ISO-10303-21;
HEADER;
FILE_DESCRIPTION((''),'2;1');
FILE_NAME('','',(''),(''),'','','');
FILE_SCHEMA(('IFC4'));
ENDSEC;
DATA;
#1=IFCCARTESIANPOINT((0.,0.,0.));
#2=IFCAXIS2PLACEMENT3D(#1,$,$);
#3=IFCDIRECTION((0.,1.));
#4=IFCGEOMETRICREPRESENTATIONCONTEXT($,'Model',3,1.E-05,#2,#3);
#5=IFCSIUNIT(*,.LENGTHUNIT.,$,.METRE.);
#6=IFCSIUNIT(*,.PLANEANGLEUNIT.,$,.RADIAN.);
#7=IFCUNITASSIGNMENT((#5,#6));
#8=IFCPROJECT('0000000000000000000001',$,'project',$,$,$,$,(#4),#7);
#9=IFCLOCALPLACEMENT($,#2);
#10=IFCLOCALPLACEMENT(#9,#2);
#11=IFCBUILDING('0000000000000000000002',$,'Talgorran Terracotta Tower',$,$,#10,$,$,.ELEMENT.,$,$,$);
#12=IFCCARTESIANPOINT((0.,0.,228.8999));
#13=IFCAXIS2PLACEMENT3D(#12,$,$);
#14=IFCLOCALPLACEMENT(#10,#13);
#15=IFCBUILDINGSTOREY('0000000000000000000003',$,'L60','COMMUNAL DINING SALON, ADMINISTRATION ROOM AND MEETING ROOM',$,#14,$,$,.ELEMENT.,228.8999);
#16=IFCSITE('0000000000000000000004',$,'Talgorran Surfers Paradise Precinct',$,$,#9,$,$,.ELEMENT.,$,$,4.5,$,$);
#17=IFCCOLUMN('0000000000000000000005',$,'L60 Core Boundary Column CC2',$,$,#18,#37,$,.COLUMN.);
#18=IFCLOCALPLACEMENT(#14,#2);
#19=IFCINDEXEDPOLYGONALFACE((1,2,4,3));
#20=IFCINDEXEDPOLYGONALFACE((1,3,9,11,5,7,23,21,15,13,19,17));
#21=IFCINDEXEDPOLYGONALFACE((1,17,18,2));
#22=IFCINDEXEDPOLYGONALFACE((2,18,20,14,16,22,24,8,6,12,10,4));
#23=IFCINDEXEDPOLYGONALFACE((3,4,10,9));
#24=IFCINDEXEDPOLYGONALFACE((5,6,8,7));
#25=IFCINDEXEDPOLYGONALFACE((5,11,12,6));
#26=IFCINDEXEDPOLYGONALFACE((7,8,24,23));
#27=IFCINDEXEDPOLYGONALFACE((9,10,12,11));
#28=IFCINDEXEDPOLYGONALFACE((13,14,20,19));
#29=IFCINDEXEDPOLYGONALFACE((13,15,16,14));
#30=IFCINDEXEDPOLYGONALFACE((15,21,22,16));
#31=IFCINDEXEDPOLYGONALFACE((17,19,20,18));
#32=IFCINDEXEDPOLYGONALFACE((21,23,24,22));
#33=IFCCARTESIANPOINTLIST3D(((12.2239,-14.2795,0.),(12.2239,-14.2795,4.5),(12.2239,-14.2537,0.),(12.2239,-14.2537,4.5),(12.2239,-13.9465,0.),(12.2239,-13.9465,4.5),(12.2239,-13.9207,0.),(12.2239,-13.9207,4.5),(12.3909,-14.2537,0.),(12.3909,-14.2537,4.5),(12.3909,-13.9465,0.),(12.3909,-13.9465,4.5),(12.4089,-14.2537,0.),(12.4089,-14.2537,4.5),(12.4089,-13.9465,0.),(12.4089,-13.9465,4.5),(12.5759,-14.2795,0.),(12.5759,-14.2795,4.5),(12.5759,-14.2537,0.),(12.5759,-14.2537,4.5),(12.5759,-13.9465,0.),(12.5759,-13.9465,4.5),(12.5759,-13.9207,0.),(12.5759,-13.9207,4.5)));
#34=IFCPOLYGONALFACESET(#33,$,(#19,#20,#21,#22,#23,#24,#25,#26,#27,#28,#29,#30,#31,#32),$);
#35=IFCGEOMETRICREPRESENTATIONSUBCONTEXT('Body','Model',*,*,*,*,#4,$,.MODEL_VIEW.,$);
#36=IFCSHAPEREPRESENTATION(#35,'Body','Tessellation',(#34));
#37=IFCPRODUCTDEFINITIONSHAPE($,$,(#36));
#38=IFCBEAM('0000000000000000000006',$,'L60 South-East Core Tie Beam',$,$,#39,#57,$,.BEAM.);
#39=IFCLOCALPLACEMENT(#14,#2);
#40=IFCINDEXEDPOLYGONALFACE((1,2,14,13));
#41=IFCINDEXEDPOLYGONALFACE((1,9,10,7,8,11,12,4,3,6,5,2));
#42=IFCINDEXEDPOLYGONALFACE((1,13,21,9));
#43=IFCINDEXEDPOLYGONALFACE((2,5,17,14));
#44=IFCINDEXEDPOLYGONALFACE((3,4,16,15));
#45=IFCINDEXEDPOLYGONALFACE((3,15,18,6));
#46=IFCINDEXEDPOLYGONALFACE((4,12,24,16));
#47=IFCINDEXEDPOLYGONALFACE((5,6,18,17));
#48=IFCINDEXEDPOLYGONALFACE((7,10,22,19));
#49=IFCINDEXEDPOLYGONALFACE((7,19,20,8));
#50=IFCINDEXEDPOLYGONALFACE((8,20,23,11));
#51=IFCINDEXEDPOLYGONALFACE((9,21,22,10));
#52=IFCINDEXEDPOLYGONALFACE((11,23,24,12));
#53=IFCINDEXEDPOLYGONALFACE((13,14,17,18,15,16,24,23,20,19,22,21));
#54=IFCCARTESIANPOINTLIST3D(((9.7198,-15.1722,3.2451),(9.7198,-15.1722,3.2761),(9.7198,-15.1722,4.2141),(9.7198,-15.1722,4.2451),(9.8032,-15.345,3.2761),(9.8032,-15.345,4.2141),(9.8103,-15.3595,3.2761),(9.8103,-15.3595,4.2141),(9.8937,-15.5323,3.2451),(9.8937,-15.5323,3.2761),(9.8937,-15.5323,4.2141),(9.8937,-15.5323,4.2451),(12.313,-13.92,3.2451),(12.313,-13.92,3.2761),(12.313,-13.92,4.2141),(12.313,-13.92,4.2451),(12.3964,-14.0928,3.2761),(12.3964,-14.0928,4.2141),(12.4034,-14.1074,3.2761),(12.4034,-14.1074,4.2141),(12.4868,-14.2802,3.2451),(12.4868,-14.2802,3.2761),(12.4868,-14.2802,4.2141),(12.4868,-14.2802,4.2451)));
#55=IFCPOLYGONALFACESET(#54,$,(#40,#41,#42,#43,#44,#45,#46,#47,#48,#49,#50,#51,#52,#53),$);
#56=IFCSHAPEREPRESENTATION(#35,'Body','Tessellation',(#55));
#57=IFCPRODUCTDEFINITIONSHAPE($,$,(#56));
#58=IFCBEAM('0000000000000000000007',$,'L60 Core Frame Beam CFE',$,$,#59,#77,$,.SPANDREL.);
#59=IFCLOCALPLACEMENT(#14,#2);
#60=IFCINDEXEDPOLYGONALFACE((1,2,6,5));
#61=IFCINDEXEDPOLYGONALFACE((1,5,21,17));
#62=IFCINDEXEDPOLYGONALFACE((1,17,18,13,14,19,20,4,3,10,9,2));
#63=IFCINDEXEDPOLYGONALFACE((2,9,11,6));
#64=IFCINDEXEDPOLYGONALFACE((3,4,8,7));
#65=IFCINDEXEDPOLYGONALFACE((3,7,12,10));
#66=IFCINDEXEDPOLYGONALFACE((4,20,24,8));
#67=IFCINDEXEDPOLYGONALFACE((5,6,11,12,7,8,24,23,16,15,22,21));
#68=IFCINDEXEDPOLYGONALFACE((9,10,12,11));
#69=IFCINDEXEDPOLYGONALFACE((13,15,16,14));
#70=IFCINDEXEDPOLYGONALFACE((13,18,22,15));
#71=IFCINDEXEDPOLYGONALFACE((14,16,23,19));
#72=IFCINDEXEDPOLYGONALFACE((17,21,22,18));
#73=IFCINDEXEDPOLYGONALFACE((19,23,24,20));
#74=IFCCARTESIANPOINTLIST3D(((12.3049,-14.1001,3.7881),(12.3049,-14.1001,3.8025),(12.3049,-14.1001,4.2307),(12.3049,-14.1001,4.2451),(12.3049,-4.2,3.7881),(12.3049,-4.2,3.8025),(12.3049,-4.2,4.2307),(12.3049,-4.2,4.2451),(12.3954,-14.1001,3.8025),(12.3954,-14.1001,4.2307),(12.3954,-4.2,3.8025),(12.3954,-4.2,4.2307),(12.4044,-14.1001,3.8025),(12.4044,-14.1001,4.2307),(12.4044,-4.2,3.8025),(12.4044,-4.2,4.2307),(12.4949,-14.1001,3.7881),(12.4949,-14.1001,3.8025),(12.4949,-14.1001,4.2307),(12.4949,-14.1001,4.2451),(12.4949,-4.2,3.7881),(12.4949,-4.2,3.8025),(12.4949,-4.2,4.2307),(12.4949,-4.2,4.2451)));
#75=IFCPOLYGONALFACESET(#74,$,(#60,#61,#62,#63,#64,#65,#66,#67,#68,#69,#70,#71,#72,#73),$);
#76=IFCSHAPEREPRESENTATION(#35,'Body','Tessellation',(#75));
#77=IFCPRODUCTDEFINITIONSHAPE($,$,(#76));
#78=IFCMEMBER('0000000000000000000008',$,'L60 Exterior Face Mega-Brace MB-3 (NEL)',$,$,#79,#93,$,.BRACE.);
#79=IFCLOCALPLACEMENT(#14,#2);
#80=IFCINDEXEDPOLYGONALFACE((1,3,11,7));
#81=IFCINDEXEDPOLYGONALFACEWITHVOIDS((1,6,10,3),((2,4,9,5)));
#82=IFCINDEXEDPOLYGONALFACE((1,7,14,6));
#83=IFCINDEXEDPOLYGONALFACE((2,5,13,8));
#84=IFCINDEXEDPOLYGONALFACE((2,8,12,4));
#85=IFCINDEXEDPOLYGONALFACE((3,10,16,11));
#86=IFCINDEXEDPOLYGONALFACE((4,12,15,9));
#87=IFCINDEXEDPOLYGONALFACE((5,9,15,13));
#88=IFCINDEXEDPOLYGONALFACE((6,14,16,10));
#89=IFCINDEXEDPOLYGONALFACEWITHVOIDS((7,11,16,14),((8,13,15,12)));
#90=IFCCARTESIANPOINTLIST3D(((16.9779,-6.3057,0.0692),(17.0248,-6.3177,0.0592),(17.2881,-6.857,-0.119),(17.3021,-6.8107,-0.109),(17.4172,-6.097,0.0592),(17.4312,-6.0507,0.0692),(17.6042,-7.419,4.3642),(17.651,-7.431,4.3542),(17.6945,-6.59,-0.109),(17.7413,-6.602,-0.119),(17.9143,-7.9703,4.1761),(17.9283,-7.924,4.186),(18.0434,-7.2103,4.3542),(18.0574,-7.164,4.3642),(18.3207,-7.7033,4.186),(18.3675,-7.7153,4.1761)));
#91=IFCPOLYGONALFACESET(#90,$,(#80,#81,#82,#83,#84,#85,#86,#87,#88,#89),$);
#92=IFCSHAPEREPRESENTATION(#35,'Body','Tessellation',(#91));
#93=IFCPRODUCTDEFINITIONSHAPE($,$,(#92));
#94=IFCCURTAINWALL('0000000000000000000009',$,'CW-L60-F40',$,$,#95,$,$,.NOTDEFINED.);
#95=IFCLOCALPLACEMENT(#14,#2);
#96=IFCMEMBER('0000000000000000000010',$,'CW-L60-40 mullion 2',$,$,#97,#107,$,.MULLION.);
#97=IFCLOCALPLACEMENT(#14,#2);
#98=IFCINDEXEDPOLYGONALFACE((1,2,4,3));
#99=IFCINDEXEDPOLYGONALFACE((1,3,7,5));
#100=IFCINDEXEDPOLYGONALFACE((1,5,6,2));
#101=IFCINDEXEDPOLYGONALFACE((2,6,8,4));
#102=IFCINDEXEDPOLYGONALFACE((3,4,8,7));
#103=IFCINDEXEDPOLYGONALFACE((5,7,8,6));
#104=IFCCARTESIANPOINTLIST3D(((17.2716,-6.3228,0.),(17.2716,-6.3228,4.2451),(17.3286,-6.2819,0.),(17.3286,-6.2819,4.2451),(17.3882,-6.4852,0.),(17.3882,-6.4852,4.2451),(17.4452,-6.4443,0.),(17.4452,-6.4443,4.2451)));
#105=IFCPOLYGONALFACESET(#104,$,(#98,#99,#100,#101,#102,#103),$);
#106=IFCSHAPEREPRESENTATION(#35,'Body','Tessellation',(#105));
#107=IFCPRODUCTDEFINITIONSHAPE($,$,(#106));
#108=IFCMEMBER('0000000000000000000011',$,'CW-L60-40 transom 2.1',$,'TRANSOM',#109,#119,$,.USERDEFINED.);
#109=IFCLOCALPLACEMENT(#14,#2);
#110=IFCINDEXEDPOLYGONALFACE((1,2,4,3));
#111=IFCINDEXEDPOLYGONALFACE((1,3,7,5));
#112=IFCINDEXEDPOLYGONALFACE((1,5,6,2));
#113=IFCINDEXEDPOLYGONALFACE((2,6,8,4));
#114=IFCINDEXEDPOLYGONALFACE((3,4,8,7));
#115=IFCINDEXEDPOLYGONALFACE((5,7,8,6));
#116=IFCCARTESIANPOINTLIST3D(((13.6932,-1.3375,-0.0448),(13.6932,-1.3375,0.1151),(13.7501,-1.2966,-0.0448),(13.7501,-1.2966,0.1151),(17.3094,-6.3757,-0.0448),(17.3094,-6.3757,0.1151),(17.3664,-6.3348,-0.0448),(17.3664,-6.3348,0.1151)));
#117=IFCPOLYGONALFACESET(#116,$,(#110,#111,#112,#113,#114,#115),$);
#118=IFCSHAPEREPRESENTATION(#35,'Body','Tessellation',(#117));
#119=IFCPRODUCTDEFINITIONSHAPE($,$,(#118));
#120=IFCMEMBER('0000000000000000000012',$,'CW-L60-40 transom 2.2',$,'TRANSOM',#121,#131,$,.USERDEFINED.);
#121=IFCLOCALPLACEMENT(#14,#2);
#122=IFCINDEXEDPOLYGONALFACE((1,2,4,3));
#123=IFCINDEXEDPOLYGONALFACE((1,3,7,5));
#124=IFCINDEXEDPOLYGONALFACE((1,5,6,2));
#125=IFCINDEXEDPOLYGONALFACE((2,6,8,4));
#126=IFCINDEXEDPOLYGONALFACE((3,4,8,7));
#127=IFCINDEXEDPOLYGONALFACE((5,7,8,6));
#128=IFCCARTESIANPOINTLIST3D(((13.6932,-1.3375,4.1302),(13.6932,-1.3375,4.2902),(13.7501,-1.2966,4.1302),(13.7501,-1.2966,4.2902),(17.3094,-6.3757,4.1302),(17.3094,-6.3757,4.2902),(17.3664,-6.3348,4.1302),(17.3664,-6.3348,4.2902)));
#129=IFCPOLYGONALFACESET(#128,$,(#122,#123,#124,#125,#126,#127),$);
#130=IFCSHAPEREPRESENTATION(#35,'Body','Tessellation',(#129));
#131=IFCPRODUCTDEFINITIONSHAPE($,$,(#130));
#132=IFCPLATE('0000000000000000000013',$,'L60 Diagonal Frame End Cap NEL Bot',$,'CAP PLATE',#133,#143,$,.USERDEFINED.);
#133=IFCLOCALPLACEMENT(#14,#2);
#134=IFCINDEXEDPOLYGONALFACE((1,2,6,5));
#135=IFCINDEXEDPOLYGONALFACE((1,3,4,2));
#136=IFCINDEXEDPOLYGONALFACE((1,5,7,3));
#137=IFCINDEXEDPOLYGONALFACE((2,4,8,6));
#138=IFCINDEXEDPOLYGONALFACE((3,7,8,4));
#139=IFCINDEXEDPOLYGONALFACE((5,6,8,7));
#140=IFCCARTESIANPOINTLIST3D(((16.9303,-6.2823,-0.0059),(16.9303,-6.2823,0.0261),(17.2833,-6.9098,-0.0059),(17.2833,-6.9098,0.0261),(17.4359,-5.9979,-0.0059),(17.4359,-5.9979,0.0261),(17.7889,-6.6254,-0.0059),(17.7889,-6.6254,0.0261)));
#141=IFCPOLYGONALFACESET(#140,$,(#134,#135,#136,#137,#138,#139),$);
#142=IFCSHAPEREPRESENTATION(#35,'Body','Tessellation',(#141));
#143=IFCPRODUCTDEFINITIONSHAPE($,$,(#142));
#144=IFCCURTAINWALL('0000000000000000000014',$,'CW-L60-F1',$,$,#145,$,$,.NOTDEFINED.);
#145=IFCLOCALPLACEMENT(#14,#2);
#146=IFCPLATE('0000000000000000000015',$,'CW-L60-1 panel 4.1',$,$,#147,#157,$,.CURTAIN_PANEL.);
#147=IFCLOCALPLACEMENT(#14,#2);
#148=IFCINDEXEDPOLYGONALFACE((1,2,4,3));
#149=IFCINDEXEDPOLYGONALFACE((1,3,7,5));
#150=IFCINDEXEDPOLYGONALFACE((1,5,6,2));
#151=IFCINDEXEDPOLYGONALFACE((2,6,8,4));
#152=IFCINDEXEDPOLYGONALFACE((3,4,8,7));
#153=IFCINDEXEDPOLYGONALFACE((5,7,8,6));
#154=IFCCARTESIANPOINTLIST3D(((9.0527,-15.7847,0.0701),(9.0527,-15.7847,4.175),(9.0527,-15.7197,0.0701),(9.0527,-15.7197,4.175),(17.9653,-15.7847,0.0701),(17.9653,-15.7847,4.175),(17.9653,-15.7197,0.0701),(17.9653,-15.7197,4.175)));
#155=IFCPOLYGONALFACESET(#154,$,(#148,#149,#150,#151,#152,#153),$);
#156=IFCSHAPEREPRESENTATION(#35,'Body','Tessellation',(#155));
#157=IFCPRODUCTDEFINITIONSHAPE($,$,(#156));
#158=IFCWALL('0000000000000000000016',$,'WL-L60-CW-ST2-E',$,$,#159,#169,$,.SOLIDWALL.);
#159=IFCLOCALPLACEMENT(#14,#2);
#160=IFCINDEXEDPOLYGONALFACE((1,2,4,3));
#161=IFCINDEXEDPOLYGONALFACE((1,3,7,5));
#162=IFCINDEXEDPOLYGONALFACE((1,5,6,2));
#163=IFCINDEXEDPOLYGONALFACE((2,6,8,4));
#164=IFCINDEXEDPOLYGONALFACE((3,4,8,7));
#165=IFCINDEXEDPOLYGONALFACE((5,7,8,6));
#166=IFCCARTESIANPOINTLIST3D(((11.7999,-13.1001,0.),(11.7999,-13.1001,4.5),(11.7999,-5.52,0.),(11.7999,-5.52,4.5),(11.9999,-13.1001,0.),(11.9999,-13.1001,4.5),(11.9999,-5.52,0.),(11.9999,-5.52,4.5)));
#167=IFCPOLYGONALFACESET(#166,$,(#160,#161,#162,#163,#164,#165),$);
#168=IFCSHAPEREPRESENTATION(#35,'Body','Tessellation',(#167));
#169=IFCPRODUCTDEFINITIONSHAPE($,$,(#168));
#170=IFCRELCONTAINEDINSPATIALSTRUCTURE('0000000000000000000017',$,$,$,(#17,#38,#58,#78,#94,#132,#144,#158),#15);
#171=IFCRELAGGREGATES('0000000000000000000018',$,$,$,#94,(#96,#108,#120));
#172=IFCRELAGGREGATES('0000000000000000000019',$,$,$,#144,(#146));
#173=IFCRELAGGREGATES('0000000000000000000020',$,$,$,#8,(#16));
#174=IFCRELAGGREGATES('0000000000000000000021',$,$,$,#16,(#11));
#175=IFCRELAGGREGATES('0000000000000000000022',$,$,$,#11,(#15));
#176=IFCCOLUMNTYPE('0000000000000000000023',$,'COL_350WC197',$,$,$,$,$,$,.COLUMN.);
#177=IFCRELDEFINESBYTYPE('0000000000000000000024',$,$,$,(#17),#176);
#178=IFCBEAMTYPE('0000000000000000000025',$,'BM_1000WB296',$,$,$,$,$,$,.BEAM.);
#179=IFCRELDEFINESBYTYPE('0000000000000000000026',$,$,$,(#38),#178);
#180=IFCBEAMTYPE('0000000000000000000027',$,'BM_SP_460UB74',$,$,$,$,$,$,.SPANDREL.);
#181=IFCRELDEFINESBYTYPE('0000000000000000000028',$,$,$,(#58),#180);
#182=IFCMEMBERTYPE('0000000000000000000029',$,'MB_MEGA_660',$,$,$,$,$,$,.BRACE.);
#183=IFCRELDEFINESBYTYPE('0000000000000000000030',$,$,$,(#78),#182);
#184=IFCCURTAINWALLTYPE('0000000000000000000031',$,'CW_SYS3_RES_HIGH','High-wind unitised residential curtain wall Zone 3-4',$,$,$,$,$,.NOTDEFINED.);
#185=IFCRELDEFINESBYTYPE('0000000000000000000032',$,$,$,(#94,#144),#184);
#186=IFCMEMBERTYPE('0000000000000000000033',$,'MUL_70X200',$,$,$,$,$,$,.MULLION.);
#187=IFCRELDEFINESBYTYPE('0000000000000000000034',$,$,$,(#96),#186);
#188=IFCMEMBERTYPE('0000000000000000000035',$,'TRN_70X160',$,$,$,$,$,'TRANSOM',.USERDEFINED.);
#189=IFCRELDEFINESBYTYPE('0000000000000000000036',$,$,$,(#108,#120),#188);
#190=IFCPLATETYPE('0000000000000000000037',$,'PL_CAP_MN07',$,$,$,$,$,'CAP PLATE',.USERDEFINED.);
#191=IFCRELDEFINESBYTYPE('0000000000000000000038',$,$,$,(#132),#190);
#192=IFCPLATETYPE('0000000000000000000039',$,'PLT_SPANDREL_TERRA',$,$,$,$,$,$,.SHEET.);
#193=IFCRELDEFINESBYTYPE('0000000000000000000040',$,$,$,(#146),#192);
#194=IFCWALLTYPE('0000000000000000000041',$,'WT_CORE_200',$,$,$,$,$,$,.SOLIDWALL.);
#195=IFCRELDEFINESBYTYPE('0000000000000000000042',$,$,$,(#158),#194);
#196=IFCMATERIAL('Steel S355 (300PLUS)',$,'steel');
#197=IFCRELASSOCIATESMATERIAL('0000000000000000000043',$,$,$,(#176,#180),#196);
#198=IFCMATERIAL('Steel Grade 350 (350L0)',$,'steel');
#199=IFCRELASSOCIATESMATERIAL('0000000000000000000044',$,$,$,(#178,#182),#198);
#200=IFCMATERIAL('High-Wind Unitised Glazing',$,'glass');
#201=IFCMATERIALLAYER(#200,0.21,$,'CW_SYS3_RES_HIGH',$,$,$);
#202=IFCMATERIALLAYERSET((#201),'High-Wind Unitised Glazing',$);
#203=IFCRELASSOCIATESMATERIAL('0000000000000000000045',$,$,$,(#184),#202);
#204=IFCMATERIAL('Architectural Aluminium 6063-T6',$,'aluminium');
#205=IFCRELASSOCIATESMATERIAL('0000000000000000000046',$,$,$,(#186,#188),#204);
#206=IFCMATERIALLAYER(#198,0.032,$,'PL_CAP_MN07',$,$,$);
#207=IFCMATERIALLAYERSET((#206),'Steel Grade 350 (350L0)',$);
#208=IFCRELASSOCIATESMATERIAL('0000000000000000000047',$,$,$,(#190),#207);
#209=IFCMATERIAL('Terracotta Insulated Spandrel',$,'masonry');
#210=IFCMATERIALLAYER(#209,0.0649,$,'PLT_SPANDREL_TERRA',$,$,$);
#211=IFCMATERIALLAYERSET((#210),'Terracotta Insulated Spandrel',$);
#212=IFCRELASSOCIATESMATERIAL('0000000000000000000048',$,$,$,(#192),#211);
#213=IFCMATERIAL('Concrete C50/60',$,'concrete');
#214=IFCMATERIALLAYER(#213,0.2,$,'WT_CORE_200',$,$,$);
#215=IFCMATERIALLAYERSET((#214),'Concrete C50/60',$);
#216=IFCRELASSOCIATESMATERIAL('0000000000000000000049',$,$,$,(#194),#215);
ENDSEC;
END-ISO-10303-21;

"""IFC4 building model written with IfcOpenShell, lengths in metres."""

from ifc_helpers import new_model, si_unit, direction, frame, frame_2d, origin, origin_2d, place, context, subcontext, project, spatial, rectangle, hollow_rectangle, i_section, extrude, source, transform, mapped, material, layer, layer_set, material_profile, profile_set, type_object, type_shapes, element, aggregate, save


model = new_model("IFC4")

# Units and contexts
model_context = context("Model", 3, precision=1e-05, world=origin(), true_north=direction((0.0, 1.0)))
body_context = subcontext(model_context, "Body", "Model", "MODEL_VIEW")
ifc_project = project(units=[si_unit("LENGTHUNIT", "METRE"), si_unit("PLANEANGLEUNIT", "RADIAN")], contexts=[model_context])

# Site, building, storey
site_placement = place(None, origin())
site = spatial("IfcSite", under=ifc_project, at=site_placement, Name="Talgorran Surfers Paradise Precinct", CompositionType="ELEMENT", RefElevation=4.5)
building_placement = place(site_placement, origin())
building = spatial("IfcBuilding", under=site, at=building_placement, Name="Talgorran Terracotta Tower", CompositionType="ELEMENT")
storey_placement = place(building_placement, frame((0.0, 0.0, 228.8999)))
storey = spatial("IfcBuildingStorey", under=building, at=storey_placement, Name="L60", Description="COMMUNAL DINING SALON, ADMINISTRATION ROOM AND MEETING ROOM", CompositionType="ELEMENT", Elevation=228.8999)

# Column
ifc_material_1 = material(Name="Steel S355 (300PLUS)", Category="steel")
ifc_material_profile_1 = material_profile(ifc_material_1, i_section(OverallWidth=0.3521, OverallDepth=0.3589, WebThickness=0.0181, FlangeThickness=0.0259, at=origin_2d()), Name="350WC197")
ifc_profile_set_1 = profile_set([ifc_material_profile_1], Name="Steel S355 (300PLUS)")
column_type = type_object("IfcColumnType", Name="COL_350WC197", PredefinedType="COLUMN", material=ifc_profile_set_1)
column_placement = place(storey_placement, frame((12.3999, -14.1001, 0.0), z_axis=(0.0, 0.0, 1.0), x_axis=(1.0, 0.0, 0.0)))
element("IfcColumn", 1, at=column_placement, inside=storey, type_object=column_type, Name="L60 Core Boundary Column CC2", PredefinedType="COLUMN", context=body_context, shape_type="SweptSolid", body=[
    extrude(i_section(OverallWidth=0.3521, OverallDepth=0.3589, WebThickness=0.0181, FlangeThickness=0.0259, at=origin_2d()), origin(), (0.0, 0.0, 1.0), 4.5),
])

# Beams
ifc_material_2 = material(Name="Steel Grade 350 (350L0)", Category="steel")
ifc_material_profile_2 = material_profile(ifc_material_2, i_section(OverallWidth=0.3999, OverallDepth=1.0, WebThickness=0.0161, FlangeThickness=0.031, at=origin_2d()), Name="1000WB296")
ifc_profile_set_2 = profile_set([ifc_material_profile_2], Name="Steel Grade 350 (350L0)")
beam_type_1 = type_object("IfcBeamType", Name="BM_1000WB296", PredefinedType="BEAM", material=ifc_profile_set_2)
beam_1_placement = place(storey_placement, frame((12.3999, -14.1001, 3.7451), z_axis=(-0.900514, -0.434827, 0.0), x_axis=(0.434827, -0.900514, 0.0)))
element("IfcBeam", 2, at=beam_1_placement, inside=storey, type_object=beam_type_1, Name="L60 South-East Core Tie Beam", PredefinedType="BEAM", context=body_context, shape_type="SweptSolid", body=[
    extrude(i_section(OverallWidth=0.3999, OverallDepth=1.0, WebThickness=0.0161, FlangeThickness=0.031, at=origin_2d()), origin(), (0.0, 0.0, 1.0), 2.8796),
])
ifc_material_profile_3 = material_profile(ifc_material_1, i_section(OverallWidth=0.1899, OverallDepth=0.457, WebThickness=0.009, FlangeThickness=0.0144, at=origin_2d()), Name="460UB74.6")
ifc_profile_set_3 = profile_set([ifc_material_profile_3], Name="Steel S355 (300PLUS)")
beam_type_2 = type_object("IfcBeamType", Name="BM_SP_460UB74", PredefinedType="SPANDREL", material=ifc_profile_set_3)
beam_2_placement = place(storey_placement, frame((12.3999, -14.1001, 4.0166), z_axis=(0.0, 1.0, 0.0), x_axis=(-1.0, 0.0, 0.0)))
element("IfcBeam", 3, at=beam_2_placement, inside=storey, type_object=beam_type_2, Name="L60 Core Frame Beam CFE", PredefinedType="SPANDREL", context=body_context, shape_type="SweptSolid", body=[
    extrude(i_section(OverallWidth=0.1899, OverallDepth=0.457, WebThickness=0.009, FlangeThickness=0.0144, at=origin_2d()), origin(), (0.0, 0.0, 1.0), 9.9001),
])

# Member
ifc_material_profile_4 = material_profile(ifc_material_2, hollow_rectangle(XDim=0.52, YDim=0.6599, WallThickness=0.0349, at=origin_2d()), Name="WBOX660X520X35")
ifc_profile_set_4 = profile_set([ifc_material_profile_4], Name="Steel Grade 350 (350L0)")
member_type_1 = type_object("IfcMemberType", Name="MB_MEGA_660", PredefinedType="BRACE", material=ifc_profile_set_4)
member_1_placement = place(storey_placement, frame((17.3596, -6.4539, -0.0249), z_axis=(0.139755, -0.248454, 0.958509), x_axis=(0.871576, 0.490261, 0.0)))
element("IfcMember", 4, at=member_1_placement, inside=storey, type_object=member_type_1, Name="L60 Exterior Face Mega-Brace MB-3 (NEL)", PredefinedType="BRACE", context=body_context, shape_type="SweptSolid", body=[
    extrude(hollow_rectangle(XDim=0.52, YDim=0.6599, WallThickness=0.0349, at=origin_2d()), origin(), (0.0, 0.0, 1.0), 4.481),
])

# Curtain wall, members
ifc_material_3 = material(Name="High-Wind Unitised Glazing", Category="glass")
ifc_layer_1 = layer(ifc_material_3, 0.21, Name="CW_SYS3_RES_HIGH")
ifc_layer_set_1 = layer_set([ifc_layer_1], Name="High-Wind Unitised Glazing")
curtain_wall_type = type_object("IfcCurtainWallType", Name="CW_SYS3_RES_HIGH", Description="High-wind unitised residential curtain wall Zone 3-4", PredefinedType="NOTDEFINED", material=ifc_layer_set_1)
curtain_wall_1_placement = place(storey_placement, origin())
curtain_wall_1 = element("IfcCurtainWall", 5, at=curtain_wall_1_placement, inside=storey, type_object=curtain_wall_type, Name="CW-L60-F40", PredefinedType="NOTDEFINED")
ifc_material_4 = material(Name="Architectural Aluminium 6063-T6", Category="aluminium")
ifc_material_profile_5 = material_profile(ifc_material_4, rectangle(XDim=0.0701, YDim=0.2, at=origin_2d()), Name="CWM70X200")
ifc_profile_set_5 = profile_set([ifc_material_profile_5], Name="Architectural Aluminium 6063-T6")
member_type_2 = type_object("IfcMemberType", Name="MUL_70X200", PredefinedType="MULLION", material=ifc_profile_set_5)
member_2_placement = place(storey_placement, frame((17.3584, -6.3835, 0.0), z_axis=(0.0, 0.0, 1.0), x_axis=(-0.812389, -0.583115, 0.0)))
member_2 = element("IfcMember", 6, at=member_2_placement, type_object=member_type_2, Name="CW-L60-40 mullion 2", PredefinedType="MULLION", context=body_context, shape_type="SweptSolid", body=[
    extrude(rectangle(XDim=0.0701, YDim=0.2, at=origin_2d()), origin(), (0.0, 0.0, 1.0), 4.2451),
])
ifc_material_profile_6 = material_profile(ifc_material_4, rectangle(XDim=0.0701, YDim=0.1599, at=origin_2d()), Name="CWT70X160")
ifc_profile_set_6 = profile_set([ifc_material_profile_6], Name="Architectural Aluminium 6063-T6")
member_type_3 = type_object("IfcMemberType", Name="TRN_70X160", ElementType="TRANSOM", PredefinedType="USERDEFINED", material=ifc_profile_set_6)
member_3_placement = place(storey_placement, frame((17.3379, -6.3552, 0.0352), z_axis=(-0.583114, 0.812391, 0.0), x_axis=(-0.812391, -0.583114, 0.0)))
member_3 = element("IfcMember", 7, at=member_3_placement, type_object=member_type_3, Name="CW-L60-40 transom 2.1", ObjectType="TRANSOM", PredefinedType="USERDEFINED", context=body_context, shape_type="SweptSolid", body=[
    extrude(rectangle(XDim=0.0701, YDim=0.1599, at=origin_2d()), origin(), (0.0, 0.0, 1.0), 6.2017),
])
member_4_placement = place(storey_placement, frame((17.3379, -6.3552, 4.2102), z_axis=(-0.583114, 0.812391, 0.0), x_axis=(-0.812391, -0.583114, 0.0)))
member_4 = element("IfcMember", 8, at=member_4_placement, type_object=member_type_3, Name="CW-L60-40 transom 2.2", ObjectType="TRANSOM", PredefinedType="USERDEFINED", context=body_context, shape_type="SweptSolid", body=[
    extrude(rectangle(XDim=0.0701, YDim=0.1599, at=origin_2d()), origin(), (0.0, 0.0, 1.0), 6.2017),
])
aggregate(curtain_wall_1, [member_2, member_3, member_4])

# Plate
ifc_layer_2 = layer(ifc_material_2, 0.032, Name="PL_CAP_MN07")
ifc_layer_set_2 = layer_set([ifc_layer_2], Name="Steel Grade 350 (350L0)")
plate_type_1 = type_object("IfcPlateType", Name="PL_CAP_MN07", ElementType="CAP PLATE", PredefinedType="USERDEFINED", material=ifc_layer_set_2)
plate_1_placement = place(storey_placement, frame((17.3596, -6.4539, -0.0059), z_axis=(0.0, 0.0, 1.0), x_axis=(0.490295, -0.871556, 0.0)))
element("IfcPlate", 9, at=plate_1_placement, inside=storey, type_object=plate_type_1, Name="L60 Diagonal Frame End Cap NEL Bot", ObjectType="CAP PLATE", PredefinedType="USERDEFINED", context=body_context, shape_type="SweptSolid", body=[
    extrude(rectangle(XDim=0.72, YDim=0.5801, at=origin_2d()), origin(), (0.0, 0.0, 1.0), 0.032),
])

# Curtain wall, plate
curtain_wall_2_placement = place(storey_placement, origin())
curtain_wall_2 = element("IfcCurtainWall", 10, at=curtain_wall_2_placement, inside=storey, type_object=curtain_wall_type, Name="CW-L60-F1", PredefinedType="NOTDEFINED")
ifc_material_5 = material(Name="Terracotta Insulated Spandrel", Category="masonry")
ifc_layer_3 = layer(ifc_material_5, 0.0649, Name="PLT_SPANDREL_TERRA")
ifc_layer_set_3 = layer_set([ifc_layer_3], Name="Terracotta Insulated Spandrel")
plate_type_2 = type_object("IfcPlateType", Name="PLT_SPANDREL_TERRA", PredefinedType="SHEET", material=ifc_layer_set_3)
shared_shape_1 = source(origin(), body_context, "Body", "SweptSolid", [
    extrude(rectangle(XDim=8.9126, YDim=0.0649, at=origin_2d()), origin(), (0.0, 0.0, 1.0), 4.105),
])
type_shapes(plate_type_2, [shared_shape_1])
plate_2_placement = place(storey_placement, frame((13.509, -15.7522, 0.0701), z_axis=(0.0, 0.0, 1.0), x_axis=(1.0, 0.0, 0.0)))
plate_2 = element("IfcPlate", 11, at=plate_2_placement, type_object=plate_type_2, Name="CW-L60-1 panel 4.1", PredefinedType="CURTAIN_PANEL", context=body_context, shape_type="MappedRepresentation", body=[
    mapped(shared_shape_1, transform((0.0, 0.0, 0.0), scale=1.0)),
])
aggregate(curtain_wall_2, [plate_2])

# Wall
ifc_material_6 = material(Name="Concrete C50/60", Category="concrete")
ifc_layer_4 = layer(ifc_material_6, 0.2, Name="WT_CORE_200")
ifc_layer_set_4 = layer_set([ifc_layer_4], Name="Concrete C50/60")
wall_type_1 = type_object("IfcWallType", Name="WT_CORE_200", PredefinedType="SOLIDWALL", material=ifc_layer_set_4)
wall_1_placement = place(storey_placement, frame((11.8999, -13.1001, 0.0), z_axis=(0.0, 0.0, 1.0), x_axis=(0.0, 1.0, 0.0)))
element("IfcWall", 12, at=wall_1_placement, inside=storey, type_object=wall_type_1, Name="WL-L60-CW-ST2-E", PredefinedType="SOLIDWALL", context=body_context, shape_type="SweptSolid", body=[
    extrude(rectangle(XDim=7.5801, YDim=0.2, at=frame_2d((3.79, 0.0))), origin(), (0.0, 0.0, 1.0), 4.5),
])

save(model, "model.ifc")
